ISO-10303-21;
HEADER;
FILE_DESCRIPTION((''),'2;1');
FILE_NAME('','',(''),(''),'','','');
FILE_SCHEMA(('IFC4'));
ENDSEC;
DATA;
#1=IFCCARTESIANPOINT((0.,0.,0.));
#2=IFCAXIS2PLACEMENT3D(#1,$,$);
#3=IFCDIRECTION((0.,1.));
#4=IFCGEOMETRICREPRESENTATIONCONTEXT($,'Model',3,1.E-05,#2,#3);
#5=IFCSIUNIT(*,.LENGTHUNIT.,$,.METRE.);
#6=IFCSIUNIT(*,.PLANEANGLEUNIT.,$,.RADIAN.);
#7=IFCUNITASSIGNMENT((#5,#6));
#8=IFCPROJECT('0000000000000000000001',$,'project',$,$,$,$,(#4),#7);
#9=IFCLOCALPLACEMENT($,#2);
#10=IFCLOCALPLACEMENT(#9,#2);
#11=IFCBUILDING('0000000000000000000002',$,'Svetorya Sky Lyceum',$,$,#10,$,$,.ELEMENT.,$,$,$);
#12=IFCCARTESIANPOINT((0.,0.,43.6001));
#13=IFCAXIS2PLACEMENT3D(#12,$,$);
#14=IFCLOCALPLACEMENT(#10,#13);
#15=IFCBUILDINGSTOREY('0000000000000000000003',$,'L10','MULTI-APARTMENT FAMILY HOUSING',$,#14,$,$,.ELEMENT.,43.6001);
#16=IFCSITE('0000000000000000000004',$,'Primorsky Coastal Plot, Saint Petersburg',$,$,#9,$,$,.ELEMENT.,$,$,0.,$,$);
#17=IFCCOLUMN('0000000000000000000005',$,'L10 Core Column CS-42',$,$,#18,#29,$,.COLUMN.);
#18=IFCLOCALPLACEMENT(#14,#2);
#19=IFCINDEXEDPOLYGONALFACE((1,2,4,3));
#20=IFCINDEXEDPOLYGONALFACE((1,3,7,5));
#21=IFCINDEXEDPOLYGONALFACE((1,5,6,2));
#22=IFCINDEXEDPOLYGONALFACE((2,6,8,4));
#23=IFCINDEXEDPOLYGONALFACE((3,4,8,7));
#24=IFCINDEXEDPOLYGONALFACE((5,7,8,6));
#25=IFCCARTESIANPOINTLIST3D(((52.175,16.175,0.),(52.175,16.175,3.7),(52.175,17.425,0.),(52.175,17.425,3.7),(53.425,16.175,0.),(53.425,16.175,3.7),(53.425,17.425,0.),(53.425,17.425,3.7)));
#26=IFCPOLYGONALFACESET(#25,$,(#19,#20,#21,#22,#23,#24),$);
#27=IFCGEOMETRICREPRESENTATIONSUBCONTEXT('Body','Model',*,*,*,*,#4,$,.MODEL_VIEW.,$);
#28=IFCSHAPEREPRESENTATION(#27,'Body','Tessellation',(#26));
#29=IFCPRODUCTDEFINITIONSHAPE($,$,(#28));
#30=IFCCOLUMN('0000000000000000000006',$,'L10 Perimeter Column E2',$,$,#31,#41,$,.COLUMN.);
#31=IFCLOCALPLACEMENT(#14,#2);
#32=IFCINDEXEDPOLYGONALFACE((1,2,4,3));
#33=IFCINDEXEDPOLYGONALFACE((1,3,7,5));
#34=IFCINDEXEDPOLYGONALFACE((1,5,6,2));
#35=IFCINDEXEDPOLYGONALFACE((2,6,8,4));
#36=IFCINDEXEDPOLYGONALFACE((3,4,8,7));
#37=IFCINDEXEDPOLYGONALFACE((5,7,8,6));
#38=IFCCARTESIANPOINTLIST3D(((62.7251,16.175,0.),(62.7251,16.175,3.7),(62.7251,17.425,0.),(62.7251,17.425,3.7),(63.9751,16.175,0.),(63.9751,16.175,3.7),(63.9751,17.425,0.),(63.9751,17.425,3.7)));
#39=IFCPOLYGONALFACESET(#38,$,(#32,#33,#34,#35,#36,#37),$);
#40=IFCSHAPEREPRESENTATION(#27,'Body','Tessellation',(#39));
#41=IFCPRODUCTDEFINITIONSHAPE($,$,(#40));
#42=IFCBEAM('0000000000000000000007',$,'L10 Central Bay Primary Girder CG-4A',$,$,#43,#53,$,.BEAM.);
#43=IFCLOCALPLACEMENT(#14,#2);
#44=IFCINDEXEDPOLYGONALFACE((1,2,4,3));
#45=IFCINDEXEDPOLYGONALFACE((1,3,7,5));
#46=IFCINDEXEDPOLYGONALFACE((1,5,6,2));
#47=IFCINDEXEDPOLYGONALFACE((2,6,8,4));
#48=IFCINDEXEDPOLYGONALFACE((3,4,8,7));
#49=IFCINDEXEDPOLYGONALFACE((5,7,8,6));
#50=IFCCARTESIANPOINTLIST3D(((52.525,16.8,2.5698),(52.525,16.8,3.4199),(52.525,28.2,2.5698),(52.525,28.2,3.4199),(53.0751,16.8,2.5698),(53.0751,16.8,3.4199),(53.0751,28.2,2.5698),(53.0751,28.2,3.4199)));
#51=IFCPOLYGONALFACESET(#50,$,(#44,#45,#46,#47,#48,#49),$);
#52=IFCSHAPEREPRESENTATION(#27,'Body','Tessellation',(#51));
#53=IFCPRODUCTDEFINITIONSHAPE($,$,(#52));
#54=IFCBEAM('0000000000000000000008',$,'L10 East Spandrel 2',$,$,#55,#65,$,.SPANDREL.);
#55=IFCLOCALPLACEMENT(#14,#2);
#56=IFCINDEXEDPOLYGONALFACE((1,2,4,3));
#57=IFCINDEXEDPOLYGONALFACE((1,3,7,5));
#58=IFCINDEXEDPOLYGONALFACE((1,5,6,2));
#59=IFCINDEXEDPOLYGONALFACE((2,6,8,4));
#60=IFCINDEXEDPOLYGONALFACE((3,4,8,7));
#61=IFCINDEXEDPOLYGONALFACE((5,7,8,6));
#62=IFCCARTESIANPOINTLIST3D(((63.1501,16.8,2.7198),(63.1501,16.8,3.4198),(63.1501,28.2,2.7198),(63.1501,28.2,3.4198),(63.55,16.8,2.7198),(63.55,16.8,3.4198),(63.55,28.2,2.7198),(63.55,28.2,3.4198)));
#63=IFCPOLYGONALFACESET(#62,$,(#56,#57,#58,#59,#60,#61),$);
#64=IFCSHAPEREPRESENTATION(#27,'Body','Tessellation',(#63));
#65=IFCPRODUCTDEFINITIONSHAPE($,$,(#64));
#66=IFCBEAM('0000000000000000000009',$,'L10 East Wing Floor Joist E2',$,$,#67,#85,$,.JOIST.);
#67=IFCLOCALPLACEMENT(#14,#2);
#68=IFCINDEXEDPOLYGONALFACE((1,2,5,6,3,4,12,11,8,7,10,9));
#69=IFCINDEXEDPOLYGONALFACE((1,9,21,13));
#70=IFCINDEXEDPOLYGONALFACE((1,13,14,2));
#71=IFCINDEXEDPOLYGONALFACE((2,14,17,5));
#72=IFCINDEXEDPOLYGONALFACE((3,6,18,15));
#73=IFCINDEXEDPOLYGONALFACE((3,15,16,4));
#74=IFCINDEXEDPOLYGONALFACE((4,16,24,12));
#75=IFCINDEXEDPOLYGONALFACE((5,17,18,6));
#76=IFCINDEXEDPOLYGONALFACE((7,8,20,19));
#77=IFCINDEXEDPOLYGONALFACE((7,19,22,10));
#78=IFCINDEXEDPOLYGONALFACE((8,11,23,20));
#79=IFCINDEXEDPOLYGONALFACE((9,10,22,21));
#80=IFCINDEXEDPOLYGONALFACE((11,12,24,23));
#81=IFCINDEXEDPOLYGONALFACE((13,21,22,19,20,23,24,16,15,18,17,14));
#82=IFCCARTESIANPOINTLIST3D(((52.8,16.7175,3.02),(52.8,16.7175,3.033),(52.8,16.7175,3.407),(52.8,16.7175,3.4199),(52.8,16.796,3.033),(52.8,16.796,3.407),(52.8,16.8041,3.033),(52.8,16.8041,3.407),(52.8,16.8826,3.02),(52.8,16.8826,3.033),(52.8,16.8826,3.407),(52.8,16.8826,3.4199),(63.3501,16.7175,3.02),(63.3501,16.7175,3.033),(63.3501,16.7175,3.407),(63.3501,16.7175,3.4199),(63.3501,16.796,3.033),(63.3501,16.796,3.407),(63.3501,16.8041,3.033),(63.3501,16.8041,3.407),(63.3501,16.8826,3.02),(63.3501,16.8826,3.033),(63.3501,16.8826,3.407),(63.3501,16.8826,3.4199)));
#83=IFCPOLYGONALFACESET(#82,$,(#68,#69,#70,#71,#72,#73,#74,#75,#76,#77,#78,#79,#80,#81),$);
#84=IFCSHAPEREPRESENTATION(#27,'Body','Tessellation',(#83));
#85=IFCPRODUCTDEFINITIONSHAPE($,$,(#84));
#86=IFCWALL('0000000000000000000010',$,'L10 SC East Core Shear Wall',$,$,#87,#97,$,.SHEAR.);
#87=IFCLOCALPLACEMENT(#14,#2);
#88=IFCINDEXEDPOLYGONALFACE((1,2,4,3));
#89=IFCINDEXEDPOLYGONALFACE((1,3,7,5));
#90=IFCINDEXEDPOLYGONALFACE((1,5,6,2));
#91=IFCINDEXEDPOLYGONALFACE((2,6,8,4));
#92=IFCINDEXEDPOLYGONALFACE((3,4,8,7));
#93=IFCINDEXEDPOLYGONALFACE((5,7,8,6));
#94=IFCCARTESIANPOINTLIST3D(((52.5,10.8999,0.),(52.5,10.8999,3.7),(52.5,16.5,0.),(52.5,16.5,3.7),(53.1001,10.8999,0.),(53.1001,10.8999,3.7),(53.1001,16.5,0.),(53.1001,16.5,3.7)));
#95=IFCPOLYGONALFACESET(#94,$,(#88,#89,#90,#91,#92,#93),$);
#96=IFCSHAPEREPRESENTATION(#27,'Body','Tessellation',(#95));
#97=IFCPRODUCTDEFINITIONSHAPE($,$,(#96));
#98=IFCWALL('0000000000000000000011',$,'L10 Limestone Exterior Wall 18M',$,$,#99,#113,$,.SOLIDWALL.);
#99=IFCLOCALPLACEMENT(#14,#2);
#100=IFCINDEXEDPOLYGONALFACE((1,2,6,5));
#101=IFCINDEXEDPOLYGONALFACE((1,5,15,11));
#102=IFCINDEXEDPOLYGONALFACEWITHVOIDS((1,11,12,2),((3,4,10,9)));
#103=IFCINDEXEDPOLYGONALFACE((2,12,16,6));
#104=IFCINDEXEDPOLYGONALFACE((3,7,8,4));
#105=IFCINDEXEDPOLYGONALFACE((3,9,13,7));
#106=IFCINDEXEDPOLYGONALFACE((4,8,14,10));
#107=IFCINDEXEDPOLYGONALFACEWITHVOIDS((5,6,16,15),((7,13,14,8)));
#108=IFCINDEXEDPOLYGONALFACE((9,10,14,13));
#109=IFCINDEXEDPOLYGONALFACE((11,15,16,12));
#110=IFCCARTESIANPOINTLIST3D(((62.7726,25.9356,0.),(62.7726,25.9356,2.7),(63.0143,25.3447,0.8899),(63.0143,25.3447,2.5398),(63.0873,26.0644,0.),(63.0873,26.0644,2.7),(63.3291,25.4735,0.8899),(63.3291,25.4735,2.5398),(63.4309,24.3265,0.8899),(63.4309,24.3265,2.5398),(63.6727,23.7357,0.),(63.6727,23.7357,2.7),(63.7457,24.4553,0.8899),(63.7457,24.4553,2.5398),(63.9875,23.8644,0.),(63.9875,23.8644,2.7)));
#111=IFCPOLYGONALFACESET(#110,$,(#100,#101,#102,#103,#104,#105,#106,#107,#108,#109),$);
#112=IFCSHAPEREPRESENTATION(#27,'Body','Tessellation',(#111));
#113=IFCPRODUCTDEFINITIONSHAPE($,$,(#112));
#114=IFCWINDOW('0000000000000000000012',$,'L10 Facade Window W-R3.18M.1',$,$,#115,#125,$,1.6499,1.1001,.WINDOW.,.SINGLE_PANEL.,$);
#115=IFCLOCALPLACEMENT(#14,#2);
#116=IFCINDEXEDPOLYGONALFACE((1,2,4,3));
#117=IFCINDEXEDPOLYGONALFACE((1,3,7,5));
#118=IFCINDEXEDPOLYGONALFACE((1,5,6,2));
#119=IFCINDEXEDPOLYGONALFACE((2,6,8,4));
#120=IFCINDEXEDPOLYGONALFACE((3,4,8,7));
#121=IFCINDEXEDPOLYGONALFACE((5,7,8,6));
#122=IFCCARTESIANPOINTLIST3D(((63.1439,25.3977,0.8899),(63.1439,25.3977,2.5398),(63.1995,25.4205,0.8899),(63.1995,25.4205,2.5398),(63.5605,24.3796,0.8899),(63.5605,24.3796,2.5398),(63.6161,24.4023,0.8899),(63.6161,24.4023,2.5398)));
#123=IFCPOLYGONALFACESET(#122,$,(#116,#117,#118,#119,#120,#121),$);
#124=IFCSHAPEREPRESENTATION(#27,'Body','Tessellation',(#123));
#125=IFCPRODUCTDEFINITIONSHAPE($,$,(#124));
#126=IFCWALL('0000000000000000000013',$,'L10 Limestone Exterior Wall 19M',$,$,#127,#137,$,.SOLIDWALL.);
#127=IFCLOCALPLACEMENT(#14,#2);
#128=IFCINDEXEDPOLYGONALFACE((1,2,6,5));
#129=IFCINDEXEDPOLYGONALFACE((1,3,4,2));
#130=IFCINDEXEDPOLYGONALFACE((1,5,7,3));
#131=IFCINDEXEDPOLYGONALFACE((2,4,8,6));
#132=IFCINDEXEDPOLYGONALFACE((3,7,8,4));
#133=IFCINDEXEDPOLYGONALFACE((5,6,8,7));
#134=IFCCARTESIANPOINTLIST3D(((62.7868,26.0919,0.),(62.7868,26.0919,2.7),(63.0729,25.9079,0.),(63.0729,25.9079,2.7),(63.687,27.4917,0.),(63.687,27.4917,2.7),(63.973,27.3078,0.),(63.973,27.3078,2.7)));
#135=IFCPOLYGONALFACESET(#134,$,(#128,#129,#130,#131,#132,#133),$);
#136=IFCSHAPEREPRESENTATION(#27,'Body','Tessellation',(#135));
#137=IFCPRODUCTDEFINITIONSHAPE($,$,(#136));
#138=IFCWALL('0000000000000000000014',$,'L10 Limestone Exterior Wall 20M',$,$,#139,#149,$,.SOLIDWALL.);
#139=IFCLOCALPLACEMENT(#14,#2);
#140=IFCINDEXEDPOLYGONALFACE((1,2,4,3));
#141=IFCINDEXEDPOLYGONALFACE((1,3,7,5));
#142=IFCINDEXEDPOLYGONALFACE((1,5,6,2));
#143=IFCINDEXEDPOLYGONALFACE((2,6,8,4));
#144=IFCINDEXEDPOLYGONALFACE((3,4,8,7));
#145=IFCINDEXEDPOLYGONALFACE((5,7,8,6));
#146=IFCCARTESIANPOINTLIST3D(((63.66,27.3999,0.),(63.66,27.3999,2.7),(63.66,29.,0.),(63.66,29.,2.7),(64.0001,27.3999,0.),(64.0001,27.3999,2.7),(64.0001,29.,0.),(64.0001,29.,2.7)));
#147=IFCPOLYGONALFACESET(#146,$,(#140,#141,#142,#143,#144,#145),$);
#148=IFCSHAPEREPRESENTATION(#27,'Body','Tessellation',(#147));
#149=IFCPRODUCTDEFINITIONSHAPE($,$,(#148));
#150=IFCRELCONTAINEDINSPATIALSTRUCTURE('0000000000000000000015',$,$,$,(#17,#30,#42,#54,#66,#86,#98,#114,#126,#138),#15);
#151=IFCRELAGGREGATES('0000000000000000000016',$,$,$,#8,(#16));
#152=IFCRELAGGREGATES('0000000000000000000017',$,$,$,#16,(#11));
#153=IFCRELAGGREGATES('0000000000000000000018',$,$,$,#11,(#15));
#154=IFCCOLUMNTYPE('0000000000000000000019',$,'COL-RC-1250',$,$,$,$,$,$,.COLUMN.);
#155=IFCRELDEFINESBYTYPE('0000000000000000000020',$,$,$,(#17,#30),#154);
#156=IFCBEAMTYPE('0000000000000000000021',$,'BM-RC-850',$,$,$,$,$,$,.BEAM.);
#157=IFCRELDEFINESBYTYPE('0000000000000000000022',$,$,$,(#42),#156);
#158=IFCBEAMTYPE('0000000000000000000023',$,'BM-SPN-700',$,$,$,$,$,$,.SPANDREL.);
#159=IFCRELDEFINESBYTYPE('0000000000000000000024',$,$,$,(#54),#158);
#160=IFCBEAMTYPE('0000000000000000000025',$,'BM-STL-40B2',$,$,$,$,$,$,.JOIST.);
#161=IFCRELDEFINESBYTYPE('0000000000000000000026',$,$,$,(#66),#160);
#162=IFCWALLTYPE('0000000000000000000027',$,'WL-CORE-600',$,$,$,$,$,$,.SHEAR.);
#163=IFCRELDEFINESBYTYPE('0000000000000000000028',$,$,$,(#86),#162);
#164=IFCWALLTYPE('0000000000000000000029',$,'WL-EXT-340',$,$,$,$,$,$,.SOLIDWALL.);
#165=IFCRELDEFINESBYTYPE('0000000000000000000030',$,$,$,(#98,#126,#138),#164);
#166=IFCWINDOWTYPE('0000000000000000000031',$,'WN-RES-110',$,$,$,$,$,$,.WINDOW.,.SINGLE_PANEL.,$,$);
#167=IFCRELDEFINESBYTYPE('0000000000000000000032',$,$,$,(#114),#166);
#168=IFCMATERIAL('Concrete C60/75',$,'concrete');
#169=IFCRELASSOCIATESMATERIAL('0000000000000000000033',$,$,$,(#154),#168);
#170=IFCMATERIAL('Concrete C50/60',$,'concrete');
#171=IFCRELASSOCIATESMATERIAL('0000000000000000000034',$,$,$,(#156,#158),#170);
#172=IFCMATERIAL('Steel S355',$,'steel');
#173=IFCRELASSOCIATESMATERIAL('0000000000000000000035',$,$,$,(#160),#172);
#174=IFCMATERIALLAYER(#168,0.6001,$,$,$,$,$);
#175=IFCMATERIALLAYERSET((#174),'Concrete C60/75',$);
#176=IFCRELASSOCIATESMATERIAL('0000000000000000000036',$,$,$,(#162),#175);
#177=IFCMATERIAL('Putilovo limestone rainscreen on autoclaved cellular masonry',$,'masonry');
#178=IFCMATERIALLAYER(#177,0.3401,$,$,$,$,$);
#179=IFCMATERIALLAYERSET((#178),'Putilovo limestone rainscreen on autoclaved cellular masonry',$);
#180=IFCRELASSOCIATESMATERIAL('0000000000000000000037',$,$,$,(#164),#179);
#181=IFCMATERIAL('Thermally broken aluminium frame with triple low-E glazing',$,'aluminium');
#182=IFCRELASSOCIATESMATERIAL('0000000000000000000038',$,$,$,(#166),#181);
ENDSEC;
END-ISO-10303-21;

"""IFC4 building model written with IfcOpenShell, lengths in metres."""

from ifc_helpers import new_model, si_unit, direction, frame, frame_2d, origin, origin_2d, place, context, subcontext, project, spatial, rectangle, i_section, extrude, material, layer, layer_set, material_profile, profile_set, type_object, element, fill, save


model = new_model("IFC4")

# Units and contexts
model_context = context("Model", 3, precision=1e-05, world=origin(), true_north=direction((0.0, 1.0)))
body_context = subcontext(model_context, "Body", "Model", "MODEL_VIEW")
ifc_project = project(units=[si_unit("LENGTHUNIT", "METRE"), si_unit("PLANEANGLEUNIT", "RADIAN")], contexts=[model_context])

# Site, building, storey
site_placement = place(None, origin())
site = spatial("IfcSite", under=ifc_project, at=site_placement, Name="Primorsky Coastal Plot, Saint Petersburg", CompositionType="ELEMENT", RefElevation=0.0)
building_placement = place(site_placement, origin())
building = spatial("IfcBuilding", under=site, at=building_placement, Name="Svetorya Sky Lyceum", CompositionType="ELEMENT")
storey_placement = place(building_placement, frame((0.0, 0.0, 43.6001)))
storey = spatial("IfcBuildingStorey", under=building, at=storey_placement, Name="L10", Description="MULTI-APARTMENT FAMILY HOUSING", CompositionType="ELEMENT", Elevation=43.6001)

# Columns
ifc_material_1 = material(Name="Concrete C60/75", Category="concrete")
ifc_material_profile_1 = material_profile(ifc_material_1, rectangle(XDim=1.25, YDim=1.25, at=origin_2d()), Name="RC COL 1250x1250")
ifc_profile_set_1 = profile_set([ifc_material_profile_1], Name="Concrete C60/75")
column_type = type_object("IfcColumnType", Name="COL-RC-1250", PredefinedType="COLUMN", material=ifc_profile_set_1)
for number, where, z_axis, x_axis, name in (
    (1, (52.8, 16.8, 0.0), (0.0, 0.0, 1.0), (1.0, 0.0, 0.0), "L10 Core Column CS-42"),
    (2, (63.3501, 16.8, 0.0), (0.0, 0.0, 1.0), (1.0, 0.0, 0.0), "L10 Perimeter Column E2"),
):
    element("IfcColumn", number, at=place(storey_placement, frame(where, z_axis=z_axis, x_axis=x_axis)), inside=storey, type_object=column_type, Name=name, PredefinedType="COLUMN", context=body_context, shape_type="SweptSolid", body=[
        extrude(rectangle(XDim=1.25, YDim=1.25, at=origin_2d()), origin(), (0.0, 0.0, 1.0), 3.7),
    ])

# Beams
ifc_material_2 = material(Name="Concrete C50/60", Category="concrete")
ifc_material_profile_2 = material_profile(ifc_material_2, rectangle(XDim=0.55, YDim=0.8501, at=origin_2d()), Name="RC BEAM 550x850")
ifc_profile_set_2 = profile_set([ifc_material_profile_2], Name="Concrete C50/60")
beam_type_1 = type_object("IfcBeamType", Name="BM-RC-850", PredefinedType="BEAM", material=ifc_profile_set_2)
beam_1_placement = place(storey_placement, frame((52.8, 16.8, 2.9949), z_axis=(0.0, 1.0, 0.0), x_axis=(-1.0, 0.0, 0.0)))
element("IfcBeam", 3, at=beam_1_placement, inside=storey, type_object=beam_type_1, Name="L10 Central Bay Primary Girder CG-4A", PredefinedType="BEAM", context=body_context, shape_type="SweptSolid", body=[
    extrude(rectangle(XDim=0.55, YDim=0.8501, at=origin_2d()), origin(), (0.0, 0.0, 1.0), 11.3999),
])
ifc_material_profile_3 = material_profile(ifc_material_2, rectangle(XDim=0.3999, YDim=0.7, at=origin_2d()), Name="RC SPANDREL 400x700")
ifc_profile_set_3 = profile_set([ifc_material_profile_3], Name="Concrete C50/60")
beam_type_2 = type_object("IfcBeamType", Name="BM-SPN-700", PredefinedType="SPANDREL", material=ifc_profile_set_3)
beam_2_placement = place(storey_placement, frame((63.3501, 16.8, 3.0698), z_axis=(0.0, 1.0, 0.0), x_axis=(-1.0, 0.0, 0.0)))
element("IfcBeam", 4, at=beam_2_placement, inside=storey, type_object=beam_type_2, Name="L10 East Spandrel 2", PredefinedType="SPANDREL", context=body_context, shape_type="SweptSolid", body=[
    extrude(rectangle(XDim=0.3999, YDim=0.7, at=origin_2d()), origin(), (0.0, 0.0, 1.0), 11.3999),
])
ifc_material_3 = material(Name="Steel S355", Category="steel")
ifc_material_profile_4 = material_profile(ifc_material_3, i_section(OverallWidth=0.165, OverallDepth=0.3999, WebThickness=0.0081, FlangeThickness=0.0129, at=origin_2d()), Name="GOST 40B2")
ifc_profile_set_4 = profile_set([ifc_material_profile_4], Name="Steel S355")
beam_type_3 = type_object("IfcBeamType", Name="BM-STL-40B2", PredefinedType="JOIST", material=ifc_profile_set_4)
beam_3_placement = place(storey_placement, frame((52.8, 16.8, 3.22), z_axis=(1.0, 0.0, 0.0), x_axis=(0.0, 1.0, 0.0)))
element("IfcBeam", 5, at=beam_3_placement, inside=storey, type_object=beam_type_3, Name="L10 East Wing Floor Joist E2", PredefinedType="JOIST", context=body_context, shape_type="SweptSolid", body=[
    extrude(i_section(OverallWidth=0.165, OverallDepth=0.3999, WebThickness=0.0081, FlangeThickness=0.0129, at=origin_2d()), origin(), (0.0, 0.0, 1.0), 10.55),
])

# Wall
ifc_layer_1 = layer(ifc_material_1, 0.6001)
ifc_layer_set_1 = layer_set([ifc_layer_1], Name="Concrete C60/75")
wall_type_1 = type_object("IfcWallType", Name="WL-CORE-600", PredefinedType="SHEAR", material=ifc_layer_set_1)
wall_1_placement = place(storey_placement, frame((52.8, 10.8999, 0.0), z_axis=(0.0, 0.0, 1.0), x_axis=(0.0, 1.0, 0.0)))
element("IfcWall", 6, at=wall_1_placement, inside=storey, type_object=wall_type_1, Name="L10 SC East Core Shear Wall", PredefinedType="SHEAR", context=body_context, shape_type="SweptSolid", body=[
    extrude(rectangle(XDim=5.6001, YDim=0.6001, at=frame_2d((2.8, 0.0))), origin(), (0.0, 0.0, 1.0), 3.7),
])

# Wall, opening, window
ifc_material_4 = material(Name="Putilovo limestone rainscreen on autoclaved cellular masonry", Category="masonry")
ifc_layer_2 = layer(ifc_material_4, 0.3401)
ifc_layer_set_2 = layer_set([ifc_layer_2], Name="Putilovo limestone rainscreen on autoclaved cellular masonry")
wall_type_2 = type_object("IfcWallType", Name="WL-EXT-340", PredefinedType="SOLIDWALL", material=ifc_layer_set_2)
wall_2_placement = place(storey_placement, frame((63.8301, 23.8, 0.0), z_axis=(0.0, 0.0, 1.0), x_axis=(-0.378693, 0.925522, 0.0)))
wall_2 = element("IfcWall", 7, at=wall_2_placement, inside=storey, type_object=wall_type_2, Name="L10 Limestone Exterior Wall 18M", PredefinedType="SOLIDWALL", context=body_context, shape_type="SweptSolid", body=[
    extrude(rectangle(XDim=2.377, YDim=0.3401, at=frame_2d((1.1885, 0.0))), origin(), (0.0, 0.0, 1.0), 2.7),
])
opening_1_placement = place(wall_2_placement, frame((0.6384, 0.0, 0.8899)))
opening_1 = element("IfcOpeningElement", 8, at=opening_1_placement, cuts=wall_2, PredefinedType="OPENING", context=body_context, shape_type="SweptSolid", body=[
    extrude(rectangle(XDim=1.1001, YDim=1.6499, at=frame_2d((0.55, 0.825))), frame((0.0, 0.1799, 0.0), z_axis=(0.0, -1.0, 0.0), x_axis=(1.0, 0.0, 0.0)), (0.0, 0.0, 1.0), 0.3601),
])
ifc_material_5 = material(Name="Thermally broken aluminium frame with triple low-E glazing", Category="aluminium")
window_type = type_object("IfcWindowType", Name="WN-RES-110", PartitioningType="SINGLE_PANEL", PredefinedType="WINDOW", material=ifc_material_5)
window_placement = place(opening_1_placement, origin())
window = element("IfcWindow", 9, at=window_placement, inside=storey, type_object=window_type, Name="L10 Facade Window W-R3.18M.1", OverallHeight=1.6499, OverallWidth=1.1001, PartitioningType="SINGLE_PANEL", PredefinedType="WINDOW", context=body_context, shape_type="SweptSolid", body=[
    extrude(rectangle(XDim=1.1001, YDim=1.6499, at=frame_2d((0.55, 0.825))), frame((0.0, 0.03, 0.0), z_axis=(0.0, -1.0, 0.0), x_axis=(1.0, 0.0, 0.0)), (0.0, 0.0, 1.0), 0.0601),
])
fill(opening_1, window)

# Walls
wall_3_placement = place(storey_placement, frame((62.9299, 26.0, 0.0), z_axis=(0.0, 0.0, 1.0), x_axis=(0.540847, 0.841121, 0.0)))
element("IfcWall", 10, at=wall_3_placement, inside=storey, type_object=wall_type_2, Name="L10 Limestone Exterior Wall 19M", PredefinedType="SOLIDWALL", context=body_context, shape_type="SweptSolid", body=[
    extrude(rectangle(XDim=1.6643, YDim=0.3401, at=frame_2d((0.832, 0.0))), origin(), (0.0, 0.0, 1.0), 2.7),
])
wall_4_placement = place(storey_placement, frame((63.8301, 27.3999, 0.0), z_axis=(0.0, 0.0, 1.0), x_axis=(0.0, 1.0, 0.0)))
element("IfcWall", 11, at=wall_4_placement, inside=storey, type_object=wall_type_2, Name="L10 Limestone Exterior Wall 20M", PredefinedType="SOLIDWALL", context=body_context, shape_type="SweptSolid", body=[
    extrude(rectangle(XDim=1.6001, YDim=0.3401, at=frame_2d((0.8, 0.0))), origin(), (0.0, 0.0, 1.0), 2.7),
])

save(model, "model.ifc")
